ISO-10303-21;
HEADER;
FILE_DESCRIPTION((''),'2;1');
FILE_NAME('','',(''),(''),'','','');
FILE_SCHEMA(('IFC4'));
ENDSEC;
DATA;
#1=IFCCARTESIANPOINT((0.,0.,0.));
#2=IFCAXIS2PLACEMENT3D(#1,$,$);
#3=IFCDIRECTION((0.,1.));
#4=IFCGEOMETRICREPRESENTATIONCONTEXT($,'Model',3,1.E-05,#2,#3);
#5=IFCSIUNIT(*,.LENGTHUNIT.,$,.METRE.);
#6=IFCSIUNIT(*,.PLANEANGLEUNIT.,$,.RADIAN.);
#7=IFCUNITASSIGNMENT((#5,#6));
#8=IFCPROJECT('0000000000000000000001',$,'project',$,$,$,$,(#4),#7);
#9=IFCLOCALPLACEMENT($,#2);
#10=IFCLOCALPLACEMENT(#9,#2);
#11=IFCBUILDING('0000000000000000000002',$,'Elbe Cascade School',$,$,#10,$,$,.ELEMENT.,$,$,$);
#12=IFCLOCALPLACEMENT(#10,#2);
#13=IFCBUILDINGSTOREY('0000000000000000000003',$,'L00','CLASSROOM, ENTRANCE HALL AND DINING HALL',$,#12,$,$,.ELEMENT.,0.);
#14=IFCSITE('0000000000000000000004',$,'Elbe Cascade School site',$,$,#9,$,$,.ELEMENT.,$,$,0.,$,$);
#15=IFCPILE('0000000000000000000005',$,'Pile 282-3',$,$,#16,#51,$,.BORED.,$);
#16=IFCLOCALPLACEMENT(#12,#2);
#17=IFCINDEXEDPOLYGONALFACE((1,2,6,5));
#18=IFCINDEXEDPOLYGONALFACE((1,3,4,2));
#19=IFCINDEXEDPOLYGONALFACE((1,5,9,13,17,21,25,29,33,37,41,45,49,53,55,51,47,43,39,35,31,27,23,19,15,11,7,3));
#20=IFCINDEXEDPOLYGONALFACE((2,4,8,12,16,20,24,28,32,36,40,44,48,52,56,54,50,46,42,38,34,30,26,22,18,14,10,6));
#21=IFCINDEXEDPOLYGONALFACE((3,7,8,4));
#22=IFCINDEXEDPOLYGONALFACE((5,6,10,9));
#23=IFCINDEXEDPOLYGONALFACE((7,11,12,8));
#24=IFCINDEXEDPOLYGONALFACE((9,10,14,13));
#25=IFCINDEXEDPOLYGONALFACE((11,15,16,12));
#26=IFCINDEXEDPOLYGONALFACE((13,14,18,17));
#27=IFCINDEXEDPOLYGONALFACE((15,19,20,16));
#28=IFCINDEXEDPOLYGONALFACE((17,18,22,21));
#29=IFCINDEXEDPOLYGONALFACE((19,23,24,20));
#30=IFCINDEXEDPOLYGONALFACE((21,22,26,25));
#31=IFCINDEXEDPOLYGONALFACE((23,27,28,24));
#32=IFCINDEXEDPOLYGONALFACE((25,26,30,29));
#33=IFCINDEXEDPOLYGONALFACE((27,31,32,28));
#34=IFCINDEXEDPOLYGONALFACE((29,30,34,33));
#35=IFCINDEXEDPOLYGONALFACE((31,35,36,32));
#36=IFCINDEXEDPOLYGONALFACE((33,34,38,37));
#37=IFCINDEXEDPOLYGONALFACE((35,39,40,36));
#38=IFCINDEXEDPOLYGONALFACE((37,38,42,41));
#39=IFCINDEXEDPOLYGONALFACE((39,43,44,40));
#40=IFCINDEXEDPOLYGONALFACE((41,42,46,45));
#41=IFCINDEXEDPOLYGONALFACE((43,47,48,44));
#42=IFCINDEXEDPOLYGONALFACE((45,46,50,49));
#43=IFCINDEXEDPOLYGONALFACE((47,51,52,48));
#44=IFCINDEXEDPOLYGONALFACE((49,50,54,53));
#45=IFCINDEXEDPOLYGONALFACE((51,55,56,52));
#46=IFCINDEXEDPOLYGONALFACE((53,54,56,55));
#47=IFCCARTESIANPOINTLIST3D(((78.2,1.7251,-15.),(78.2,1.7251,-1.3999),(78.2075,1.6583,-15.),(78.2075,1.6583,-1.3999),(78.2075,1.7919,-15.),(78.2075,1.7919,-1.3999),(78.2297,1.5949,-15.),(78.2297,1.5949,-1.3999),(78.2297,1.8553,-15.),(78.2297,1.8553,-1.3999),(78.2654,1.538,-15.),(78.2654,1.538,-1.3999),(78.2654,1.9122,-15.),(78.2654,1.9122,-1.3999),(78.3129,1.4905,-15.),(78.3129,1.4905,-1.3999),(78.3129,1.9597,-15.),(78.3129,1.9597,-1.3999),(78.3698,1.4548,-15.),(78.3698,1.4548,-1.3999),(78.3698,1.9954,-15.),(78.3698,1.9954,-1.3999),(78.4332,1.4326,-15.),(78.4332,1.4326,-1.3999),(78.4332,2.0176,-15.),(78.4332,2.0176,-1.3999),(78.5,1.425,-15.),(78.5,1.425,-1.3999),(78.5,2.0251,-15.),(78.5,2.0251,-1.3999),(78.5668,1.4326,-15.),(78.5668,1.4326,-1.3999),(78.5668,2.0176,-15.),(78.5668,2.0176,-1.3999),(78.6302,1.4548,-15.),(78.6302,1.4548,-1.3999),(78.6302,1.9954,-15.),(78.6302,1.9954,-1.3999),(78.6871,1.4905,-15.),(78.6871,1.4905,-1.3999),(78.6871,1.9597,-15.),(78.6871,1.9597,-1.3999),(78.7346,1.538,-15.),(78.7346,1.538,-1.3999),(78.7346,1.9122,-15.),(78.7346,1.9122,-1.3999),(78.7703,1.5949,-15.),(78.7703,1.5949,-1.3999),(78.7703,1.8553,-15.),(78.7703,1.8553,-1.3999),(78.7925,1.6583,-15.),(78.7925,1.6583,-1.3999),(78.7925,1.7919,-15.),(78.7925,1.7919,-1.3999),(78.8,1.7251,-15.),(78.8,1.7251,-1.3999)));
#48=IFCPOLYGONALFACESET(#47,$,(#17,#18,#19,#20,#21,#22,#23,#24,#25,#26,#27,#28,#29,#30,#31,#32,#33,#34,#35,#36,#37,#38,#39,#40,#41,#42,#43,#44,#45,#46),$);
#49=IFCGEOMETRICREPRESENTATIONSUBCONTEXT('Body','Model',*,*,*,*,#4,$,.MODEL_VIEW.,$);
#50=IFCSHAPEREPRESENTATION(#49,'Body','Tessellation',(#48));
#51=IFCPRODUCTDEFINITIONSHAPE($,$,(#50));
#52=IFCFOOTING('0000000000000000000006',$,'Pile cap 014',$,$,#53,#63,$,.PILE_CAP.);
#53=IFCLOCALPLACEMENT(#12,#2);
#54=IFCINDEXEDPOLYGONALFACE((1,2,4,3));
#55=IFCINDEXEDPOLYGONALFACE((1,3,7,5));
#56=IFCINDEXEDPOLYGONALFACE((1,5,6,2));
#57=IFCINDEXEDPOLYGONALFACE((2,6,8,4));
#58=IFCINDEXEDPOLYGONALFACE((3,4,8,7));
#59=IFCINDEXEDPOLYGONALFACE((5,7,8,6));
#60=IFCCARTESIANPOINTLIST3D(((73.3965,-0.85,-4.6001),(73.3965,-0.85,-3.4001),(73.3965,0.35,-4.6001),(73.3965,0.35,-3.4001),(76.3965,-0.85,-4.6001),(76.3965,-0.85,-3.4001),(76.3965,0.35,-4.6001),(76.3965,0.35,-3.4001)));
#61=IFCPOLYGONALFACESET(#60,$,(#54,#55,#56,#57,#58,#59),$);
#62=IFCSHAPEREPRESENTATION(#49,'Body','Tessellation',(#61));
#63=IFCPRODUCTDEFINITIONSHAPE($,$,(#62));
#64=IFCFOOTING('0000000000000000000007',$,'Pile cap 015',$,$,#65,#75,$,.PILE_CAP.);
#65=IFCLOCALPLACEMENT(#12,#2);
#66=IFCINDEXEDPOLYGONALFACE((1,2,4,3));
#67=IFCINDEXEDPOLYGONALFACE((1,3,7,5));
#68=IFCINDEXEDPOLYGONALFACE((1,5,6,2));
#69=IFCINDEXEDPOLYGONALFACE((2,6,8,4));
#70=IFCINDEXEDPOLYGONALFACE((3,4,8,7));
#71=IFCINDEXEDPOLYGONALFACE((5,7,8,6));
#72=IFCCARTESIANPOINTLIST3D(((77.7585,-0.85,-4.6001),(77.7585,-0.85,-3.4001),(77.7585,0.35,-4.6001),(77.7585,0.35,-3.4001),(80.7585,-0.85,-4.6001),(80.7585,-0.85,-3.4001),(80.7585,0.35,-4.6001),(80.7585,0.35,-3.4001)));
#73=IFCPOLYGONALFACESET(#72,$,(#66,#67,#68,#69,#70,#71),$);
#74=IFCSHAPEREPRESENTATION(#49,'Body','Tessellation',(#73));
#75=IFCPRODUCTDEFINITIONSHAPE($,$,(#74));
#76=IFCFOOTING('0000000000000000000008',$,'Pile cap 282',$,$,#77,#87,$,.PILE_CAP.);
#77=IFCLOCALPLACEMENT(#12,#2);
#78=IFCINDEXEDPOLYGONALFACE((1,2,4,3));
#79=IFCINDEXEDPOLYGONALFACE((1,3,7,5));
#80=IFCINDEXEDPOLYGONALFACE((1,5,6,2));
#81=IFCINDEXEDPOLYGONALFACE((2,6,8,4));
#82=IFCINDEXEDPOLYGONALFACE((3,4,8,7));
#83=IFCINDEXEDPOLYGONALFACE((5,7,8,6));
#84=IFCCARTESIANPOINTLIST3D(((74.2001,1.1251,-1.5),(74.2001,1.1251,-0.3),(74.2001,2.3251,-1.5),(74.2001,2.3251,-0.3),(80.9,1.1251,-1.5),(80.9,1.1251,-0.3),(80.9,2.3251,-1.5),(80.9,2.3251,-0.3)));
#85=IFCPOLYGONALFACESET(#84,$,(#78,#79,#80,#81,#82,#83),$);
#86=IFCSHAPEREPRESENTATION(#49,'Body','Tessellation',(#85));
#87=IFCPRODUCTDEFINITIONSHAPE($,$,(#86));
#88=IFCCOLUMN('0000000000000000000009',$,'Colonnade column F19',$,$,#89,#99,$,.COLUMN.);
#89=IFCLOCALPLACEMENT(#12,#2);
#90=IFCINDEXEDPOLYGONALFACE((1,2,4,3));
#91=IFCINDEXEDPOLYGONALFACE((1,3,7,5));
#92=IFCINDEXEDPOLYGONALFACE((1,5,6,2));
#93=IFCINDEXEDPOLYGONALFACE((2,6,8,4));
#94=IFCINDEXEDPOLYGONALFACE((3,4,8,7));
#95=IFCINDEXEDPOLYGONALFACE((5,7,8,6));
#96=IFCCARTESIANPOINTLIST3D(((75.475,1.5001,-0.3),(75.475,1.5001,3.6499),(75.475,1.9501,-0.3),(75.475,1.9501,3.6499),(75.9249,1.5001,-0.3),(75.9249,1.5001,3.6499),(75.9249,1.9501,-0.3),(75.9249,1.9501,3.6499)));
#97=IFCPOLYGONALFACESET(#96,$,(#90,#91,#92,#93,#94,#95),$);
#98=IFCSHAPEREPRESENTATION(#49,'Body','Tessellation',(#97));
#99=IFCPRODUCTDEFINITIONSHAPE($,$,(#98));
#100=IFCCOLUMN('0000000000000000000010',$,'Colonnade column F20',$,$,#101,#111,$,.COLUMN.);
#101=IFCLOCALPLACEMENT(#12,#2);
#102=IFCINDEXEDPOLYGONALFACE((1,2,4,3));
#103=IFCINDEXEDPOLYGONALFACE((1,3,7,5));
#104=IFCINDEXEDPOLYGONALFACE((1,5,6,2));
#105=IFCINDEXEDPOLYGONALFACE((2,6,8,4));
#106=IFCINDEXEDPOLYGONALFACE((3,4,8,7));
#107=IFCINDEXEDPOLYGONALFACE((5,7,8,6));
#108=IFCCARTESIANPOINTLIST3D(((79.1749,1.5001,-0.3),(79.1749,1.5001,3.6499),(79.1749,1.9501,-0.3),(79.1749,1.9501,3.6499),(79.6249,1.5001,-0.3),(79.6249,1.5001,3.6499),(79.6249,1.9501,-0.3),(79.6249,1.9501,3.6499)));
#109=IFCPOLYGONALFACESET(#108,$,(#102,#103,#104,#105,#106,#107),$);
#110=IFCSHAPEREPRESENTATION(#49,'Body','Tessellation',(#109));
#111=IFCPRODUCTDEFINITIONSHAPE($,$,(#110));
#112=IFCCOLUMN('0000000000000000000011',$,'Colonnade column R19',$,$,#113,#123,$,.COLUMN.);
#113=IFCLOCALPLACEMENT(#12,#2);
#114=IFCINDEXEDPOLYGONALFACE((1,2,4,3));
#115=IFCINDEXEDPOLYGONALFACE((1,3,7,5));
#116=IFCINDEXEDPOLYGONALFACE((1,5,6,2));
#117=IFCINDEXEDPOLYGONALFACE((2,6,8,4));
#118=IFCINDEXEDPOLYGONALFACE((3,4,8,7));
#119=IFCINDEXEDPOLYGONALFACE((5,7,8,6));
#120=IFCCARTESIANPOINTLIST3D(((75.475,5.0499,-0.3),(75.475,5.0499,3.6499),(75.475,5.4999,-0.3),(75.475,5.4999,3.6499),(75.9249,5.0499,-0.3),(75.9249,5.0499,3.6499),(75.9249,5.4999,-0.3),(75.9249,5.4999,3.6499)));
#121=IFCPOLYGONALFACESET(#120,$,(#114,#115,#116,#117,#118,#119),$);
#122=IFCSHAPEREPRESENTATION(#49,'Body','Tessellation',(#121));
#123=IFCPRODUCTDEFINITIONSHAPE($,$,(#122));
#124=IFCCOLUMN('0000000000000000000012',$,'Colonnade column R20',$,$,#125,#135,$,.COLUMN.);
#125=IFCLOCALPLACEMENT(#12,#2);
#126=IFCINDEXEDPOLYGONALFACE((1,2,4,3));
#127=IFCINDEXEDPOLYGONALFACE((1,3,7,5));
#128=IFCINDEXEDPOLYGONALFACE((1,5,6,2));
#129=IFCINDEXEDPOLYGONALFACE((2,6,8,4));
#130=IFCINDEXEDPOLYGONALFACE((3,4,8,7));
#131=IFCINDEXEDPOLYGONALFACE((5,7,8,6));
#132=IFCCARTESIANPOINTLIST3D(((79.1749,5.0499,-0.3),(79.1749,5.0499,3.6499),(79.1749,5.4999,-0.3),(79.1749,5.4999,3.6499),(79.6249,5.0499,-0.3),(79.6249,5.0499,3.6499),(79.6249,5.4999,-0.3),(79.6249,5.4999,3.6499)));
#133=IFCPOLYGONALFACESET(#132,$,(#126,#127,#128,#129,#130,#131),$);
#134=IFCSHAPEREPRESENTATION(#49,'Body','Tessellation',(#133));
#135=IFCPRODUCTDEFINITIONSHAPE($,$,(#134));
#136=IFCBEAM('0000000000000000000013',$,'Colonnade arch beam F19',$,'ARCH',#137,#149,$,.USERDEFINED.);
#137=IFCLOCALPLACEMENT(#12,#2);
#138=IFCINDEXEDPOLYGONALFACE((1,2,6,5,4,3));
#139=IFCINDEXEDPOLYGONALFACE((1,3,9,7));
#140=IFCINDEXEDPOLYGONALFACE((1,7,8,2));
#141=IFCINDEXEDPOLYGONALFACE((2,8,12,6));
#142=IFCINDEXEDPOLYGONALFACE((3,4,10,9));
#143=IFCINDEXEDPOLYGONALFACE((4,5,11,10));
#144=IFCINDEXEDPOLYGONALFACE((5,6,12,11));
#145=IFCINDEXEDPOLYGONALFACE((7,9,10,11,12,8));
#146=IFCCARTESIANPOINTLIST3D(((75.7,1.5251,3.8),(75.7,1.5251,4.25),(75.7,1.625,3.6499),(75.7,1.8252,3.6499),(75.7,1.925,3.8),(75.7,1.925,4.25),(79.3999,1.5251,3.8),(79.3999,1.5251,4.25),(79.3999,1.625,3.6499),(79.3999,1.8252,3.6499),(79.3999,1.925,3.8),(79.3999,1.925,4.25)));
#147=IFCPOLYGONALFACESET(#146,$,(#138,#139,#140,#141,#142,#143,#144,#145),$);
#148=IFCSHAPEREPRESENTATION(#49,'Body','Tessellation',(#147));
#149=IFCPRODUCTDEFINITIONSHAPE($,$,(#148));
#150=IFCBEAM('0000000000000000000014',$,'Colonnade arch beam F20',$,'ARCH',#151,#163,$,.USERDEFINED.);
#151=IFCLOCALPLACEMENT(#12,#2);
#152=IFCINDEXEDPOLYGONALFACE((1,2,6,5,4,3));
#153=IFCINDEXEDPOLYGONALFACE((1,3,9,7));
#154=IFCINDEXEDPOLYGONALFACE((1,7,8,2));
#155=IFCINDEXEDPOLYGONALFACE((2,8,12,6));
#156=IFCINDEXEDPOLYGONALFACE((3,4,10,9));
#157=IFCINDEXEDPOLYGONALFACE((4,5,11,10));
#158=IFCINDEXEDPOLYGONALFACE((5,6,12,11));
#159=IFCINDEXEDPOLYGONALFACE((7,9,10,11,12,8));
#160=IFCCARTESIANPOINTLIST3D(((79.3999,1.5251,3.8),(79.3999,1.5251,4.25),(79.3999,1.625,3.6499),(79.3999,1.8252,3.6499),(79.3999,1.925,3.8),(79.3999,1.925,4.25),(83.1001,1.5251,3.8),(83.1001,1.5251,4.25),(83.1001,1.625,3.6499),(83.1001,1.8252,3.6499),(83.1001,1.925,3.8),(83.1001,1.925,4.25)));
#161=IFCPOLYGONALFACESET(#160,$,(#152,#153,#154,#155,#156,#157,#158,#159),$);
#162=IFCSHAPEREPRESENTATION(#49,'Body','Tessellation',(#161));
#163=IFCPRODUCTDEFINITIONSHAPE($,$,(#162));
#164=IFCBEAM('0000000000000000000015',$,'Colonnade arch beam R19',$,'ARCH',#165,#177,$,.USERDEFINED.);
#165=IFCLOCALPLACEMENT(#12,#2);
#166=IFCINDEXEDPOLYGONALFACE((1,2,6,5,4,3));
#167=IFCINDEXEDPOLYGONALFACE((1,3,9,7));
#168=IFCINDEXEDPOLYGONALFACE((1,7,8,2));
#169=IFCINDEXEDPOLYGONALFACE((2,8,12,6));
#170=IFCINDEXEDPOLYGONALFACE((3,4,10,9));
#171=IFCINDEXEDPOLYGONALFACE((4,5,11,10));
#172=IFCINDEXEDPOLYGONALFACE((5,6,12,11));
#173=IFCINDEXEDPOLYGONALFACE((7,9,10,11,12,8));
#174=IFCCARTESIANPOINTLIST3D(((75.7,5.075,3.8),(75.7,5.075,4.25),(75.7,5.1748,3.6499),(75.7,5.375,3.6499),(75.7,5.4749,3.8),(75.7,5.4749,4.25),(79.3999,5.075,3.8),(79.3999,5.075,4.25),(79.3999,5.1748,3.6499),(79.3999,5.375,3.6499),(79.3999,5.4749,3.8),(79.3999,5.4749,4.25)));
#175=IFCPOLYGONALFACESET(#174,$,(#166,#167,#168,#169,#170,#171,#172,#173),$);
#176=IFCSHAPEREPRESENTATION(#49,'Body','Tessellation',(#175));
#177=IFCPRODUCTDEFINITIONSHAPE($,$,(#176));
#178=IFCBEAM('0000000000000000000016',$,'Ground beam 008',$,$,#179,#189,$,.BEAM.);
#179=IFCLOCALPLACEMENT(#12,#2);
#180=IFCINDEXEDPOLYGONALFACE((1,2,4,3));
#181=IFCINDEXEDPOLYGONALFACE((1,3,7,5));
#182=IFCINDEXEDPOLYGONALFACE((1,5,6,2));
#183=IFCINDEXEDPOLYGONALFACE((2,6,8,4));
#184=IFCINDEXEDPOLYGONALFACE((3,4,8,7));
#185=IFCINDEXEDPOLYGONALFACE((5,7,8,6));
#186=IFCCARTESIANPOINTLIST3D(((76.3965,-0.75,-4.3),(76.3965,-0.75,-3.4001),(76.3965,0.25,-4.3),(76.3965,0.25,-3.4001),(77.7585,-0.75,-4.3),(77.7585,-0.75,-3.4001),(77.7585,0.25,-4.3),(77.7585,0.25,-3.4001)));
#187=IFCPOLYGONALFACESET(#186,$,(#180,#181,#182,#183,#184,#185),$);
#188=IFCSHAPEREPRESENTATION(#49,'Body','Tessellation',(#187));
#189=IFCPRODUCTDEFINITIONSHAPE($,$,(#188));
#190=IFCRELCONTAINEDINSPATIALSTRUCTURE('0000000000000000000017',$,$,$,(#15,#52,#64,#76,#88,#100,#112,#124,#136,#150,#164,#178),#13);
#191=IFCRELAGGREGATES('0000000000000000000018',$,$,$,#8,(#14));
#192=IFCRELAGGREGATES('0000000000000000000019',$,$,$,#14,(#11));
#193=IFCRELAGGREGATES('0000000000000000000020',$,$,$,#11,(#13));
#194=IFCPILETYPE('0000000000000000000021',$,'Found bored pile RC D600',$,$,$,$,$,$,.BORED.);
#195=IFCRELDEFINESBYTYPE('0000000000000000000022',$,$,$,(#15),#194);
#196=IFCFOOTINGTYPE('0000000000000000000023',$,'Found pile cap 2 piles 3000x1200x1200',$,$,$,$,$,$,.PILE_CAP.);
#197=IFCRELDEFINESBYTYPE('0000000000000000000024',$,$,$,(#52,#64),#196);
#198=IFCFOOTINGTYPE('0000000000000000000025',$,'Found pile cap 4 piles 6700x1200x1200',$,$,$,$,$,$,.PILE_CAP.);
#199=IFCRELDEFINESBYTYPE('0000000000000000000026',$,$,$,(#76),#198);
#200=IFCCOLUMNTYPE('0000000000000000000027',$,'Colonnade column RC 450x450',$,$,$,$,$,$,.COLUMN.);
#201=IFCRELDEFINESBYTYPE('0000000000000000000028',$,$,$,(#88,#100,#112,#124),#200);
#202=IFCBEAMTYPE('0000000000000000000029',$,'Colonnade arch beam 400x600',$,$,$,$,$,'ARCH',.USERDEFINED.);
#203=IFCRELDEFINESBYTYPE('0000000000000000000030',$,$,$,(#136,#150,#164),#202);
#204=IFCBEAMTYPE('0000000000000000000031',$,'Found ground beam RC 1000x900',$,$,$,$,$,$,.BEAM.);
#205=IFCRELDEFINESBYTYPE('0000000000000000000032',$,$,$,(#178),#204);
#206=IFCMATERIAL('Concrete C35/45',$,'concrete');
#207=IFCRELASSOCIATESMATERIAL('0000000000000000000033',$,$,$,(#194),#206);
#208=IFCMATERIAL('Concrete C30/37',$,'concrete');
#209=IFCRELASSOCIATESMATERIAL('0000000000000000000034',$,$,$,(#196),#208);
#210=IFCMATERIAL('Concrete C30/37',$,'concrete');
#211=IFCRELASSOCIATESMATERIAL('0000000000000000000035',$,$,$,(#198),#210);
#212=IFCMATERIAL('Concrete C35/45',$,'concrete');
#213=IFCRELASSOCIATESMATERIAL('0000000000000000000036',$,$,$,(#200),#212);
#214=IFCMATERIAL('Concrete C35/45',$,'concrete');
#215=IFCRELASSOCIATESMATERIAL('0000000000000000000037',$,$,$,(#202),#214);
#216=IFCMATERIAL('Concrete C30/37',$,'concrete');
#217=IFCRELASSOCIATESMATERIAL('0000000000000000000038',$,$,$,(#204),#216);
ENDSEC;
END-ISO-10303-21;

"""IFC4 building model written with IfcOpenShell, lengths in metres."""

from ifc_helpers import new_model, si_unit, direction, frame, origin, origin_2d, place, context, subcontext, project, spatial, polyline, rectangle, circle, outline, extrude, material, material_profile, profile_set, type_object, element, save


model = new_model("IFC4")

# Units and contexts
model_context = context("Model", 3, precision=1e-05, world=origin(), true_north=direction((0.0, 1.0)))
body_context = subcontext(model_context, "Body", "Model", "MODEL_VIEW")
ifc_project = project(units=[si_unit("LENGTHUNIT", "METRE"), si_unit("PLANEANGLEUNIT", "RADIAN")], contexts=[model_context])

# Site, building, storey
site_placement = place(None, origin())
site = spatial("IfcSite", under=ifc_project, at=site_placement, Name="Elbe Cascade School site", CompositionType="ELEMENT", RefElevation=0.0)
building_placement = place(site_placement, origin())
building = spatial("IfcBuilding", under=site, at=building_placement, Name="Elbe Cascade School", CompositionType="ELEMENT")
storey_placement = place(building_placement, origin())
storey = spatial("IfcBuildingStorey", under=building, at=storey_placement, Name="L00", Description="CLASSROOM, ENTRANCE HALL AND DINING HALL", CompositionType="ELEMENT", Elevation=0.0)

# Pile
ifc_material_1 = material(Name="Concrete C35/45", Category="concrete")
ifc_material_profile_1 = material_profile(ifc_material_1, circle(Radius=0.3, at=origin_2d()), Name="RC D600")
ifc_profile_set_1 = profile_set([ifc_material_profile_1], Name="Concrete C35/45")
pile_type = type_object("IfcPileType", Name="Found bored pile RC D600", PredefinedType="BORED", material=ifc_profile_set_1)
for number, where, z_axis, x_axis, name in (
    (1, (78.5, 1.7251, -1.3999), (0.0, 0.0, -1.0), (1.0, 0.0, 0.0), "Pile 282-3"),
):
    element("IfcPile", number, at=place(storey_placement, frame(where, z_axis=z_axis, x_axis=x_axis)), inside=storey, type_object=pile_type, Name=name, PredefinedType="BORED", context=body_context, shape_type="SweptSolid", body=[
        extrude(circle(Radius=0.3, at=origin_2d()), origin(), (0.0, 0.0, 1.0), 13.6001),
    ])

# Footings
ifc_material_2 = material(Name="Concrete C30/37", Category="concrete")
footing_type_1 = type_object("IfcFootingType", Name="Found pile cap 2 piles 3000x1200x1200", PredefinedType="PILE_CAP", material=ifc_material_2)
for number, where, z_axis, x_axis, name in (
    (2, (74.8965, -0.25, -4.6001), (0.0, 0.0, 1.0), (1.0, 0.0, 0.0), "Pile cap 014"),
    (3, (79.2585, -0.25, -4.6001), (0.0, 0.0, 1.0), (1.0, 0.0, 0.0), "Pile cap 015"),
):
    element("IfcFooting", number, at=place(storey_placement, frame(where, z_axis=z_axis, x_axis=x_axis)), inside=storey, type_object=footing_type_1, Name=name, PredefinedType="PILE_CAP", context=body_context, shape_type="SweptSolid", body=[
        extrude(rectangle(XDim=3.0, YDim=1.2, at=origin_2d()), origin(), (0.0, 0.0, 1.0), 1.2),
    ])
ifc_material_3 = material(Name="Concrete C30/37", Category="concrete")
footing_type_2 = type_object("IfcFootingType", Name="Found pile cap 4 piles 6700x1200x1200", PredefinedType="PILE_CAP", material=ifc_material_3)
footing_placement = place(storey_placement, frame((77.55, 1.7251, -1.5), z_axis=(0.0, 0.0, 1.0), x_axis=(1.0, 0.0, 0.0)))
element("IfcFooting", 4, at=footing_placement, inside=storey, type_object=footing_type_2, Name="Pile cap 282", PredefinedType="PILE_CAP", context=body_context, shape_type="SweptSolid", body=[
    extrude(rectangle(XDim=6.7, YDim=1.2, at=origin_2d()), origin(), (0.0, 0.0, 1.0), 1.2),
])

# Columns
ifc_material_4 = material(Name="Concrete C35/45", Category="concrete")
ifc_material_profile_2 = material_profile(ifc_material_4, rectangle(XDim=0.45, YDim=0.45, at=origin_2d()), Name="RC 450x450")
ifc_profile_set_2 = profile_set([ifc_material_profile_2], Name="Concrete C35/45")
column_type = type_object("IfcColumnType", Name="Colonnade column RC 450x450", PredefinedType="COLUMN", material=ifc_profile_set_2)
for number, where, z_axis, x_axis, name in (
    (5, (75.7, 1.7251, -0.3), (0.0, 0.0, 1.0), (1.0, 0.0, 0.0), "Colonnade column F19"),
    (6, (79.3999, 1.7251, -0.3), (0.0, 0.0, 1.0), (1.0, 0.0, 0.0), "Colonnade column F20"),
    (7, (75.7, 5.2749, -0.3), (0.0, 0.0, 1.0), (1.0, 0.0, 0.0), "Colonnade column R19"),
    (8, (79.3999, 5.2749, -0.3), (0.0, 0.0, 1.0), (1.0, 0.0, 0.0), "Colonnade column R20"),
):
    element("IfcColumn", number, at=place(storey_placement, frame(where, z_axis=z_axis, x_axis=x_axis)), inside=storey, type_object=column_type, Name=name, PredefinedType="COLUMN", context=body_context, shape_type="SweptSolid", body=[
        extrude(rectangle(XDim=0.45, YDim=0.45, at=origin_2d()), origin(), (0.0, 0.0, 1.0), 3.95),
    ])

# Beams
ifc_material_5 = material(Name="Concrete C35/45", Category="concrete")
ifc_material_profile_3 = material_profile(ifc_material_5, outline(polyline([(-0.2, 0.3), (0.2, 0.3), (0.2, -0.1499), (0.1001, -0.3), (-0.1001, -0.3), (-0.2, -0.1499), (-0.2, 0.3)])), Name="RC arch 400x600")
ifc_profile_set_3 = profile_set([ifc_material_profile_3], Name="Concrete C35/45")
beam_type_1 = type_object("IfcBeamType", Name="Colonnade arch beam 400x600", ElementType="ARCH", PredefinedType="USERDEFINED", material=ifc_profile_set_3)
beam_1_placement = place(storey_placement, frame((75.7, 1.7251, 3.95), z_axis=(1.0, 0.0, 0.0), x_axis=(0.0, 1.0, 0.0)))
element("IfcBeam", 9, at=beam_1_placement, inside=storey, type_object=beam_type_1, Name="Colonnade arch beam F19", ObjectType="ARCH", PredefinedType="USERDEFINED", context=body_context, shape_type="SweptSolid", body=[
    extrude(outline(polyline([(-0.2, 0.3), (0.2, 0.3), (0.2, -0.1499), (0.1001, -0.3), (-0.1001, -0.3), (-0.2, -0.1499), (-0.2, 0.3)])), origin(), (0.0, 0.0, 1.0), 3.7),
])
beam_2_placement = place(storey_placement, frame((79.3999, 1.7251, 3.95), z_axis=(1.0, 0.0, 0.0), x_axis=(0.0, 1.0, 0.0)))
element("IfcBeam", 10, at=beam_2_placement, inside=storey, type_object=beam_type_1, Name="Colonnade arch beam F20", ObjectType="ARCH", PredefinedType="USERDEFINED", context=body_context, shape_type="SweptSolid", body=[
    extrude(outline(polyline([(-0.2, 0.3), (0.2, 0.3), (0.2, -0.1499), (0.1001, -0.3), (-0.1001, -0.3), (-0.2, -0.1499), (-0.2, 0.3)])), origin(), (0.0, 0.0, 1.0), 3.7002),
])
beam_3_placement = place(storey_placement, frame((75.7, 5.2749, 3.95), z_axis=(1.0, 0.0, 0.0), x_axis=(0.0, 1.0, 0.0)))
element("IfcBeam", 11, at=beam_3_placement, inside=storey, type_object=beam_type_1, Name="Colonnade arch beam R19", ObjectType="ARCH", PredefinedType="USERDEFINED", context=body_context, shape_type="SweptSolid", body=[
    extrude(outline(polyline([(-0.2, 0.3), (0.2, 0.3), (0.2, -0.1499), (0.1001, -0.3), (-0.1001, -0.3), (-0.2, -0.1499), (-0.2, 0.3)])), origin(), (0.0, 0.0, 1.0), 3.7),
])
ifc_material_6 = material(Name="Concrete C30/37", Category="concrete")
ifc_material_profile_4 = material_profile(ifc_material_6, rectangle(XDim=1.0, YDim=0.8999, at=origin_2d()), Name="RC 1000x900")
ifc_profile_set_4 = profile_set([ifc_material_profile_4], Name="Concrete C30/37")
beam_type_2 = type_object("IfcBeamType", Name="Found ground beam RC 1000x900", PredefinedType="BEAM", material=ifc_profile_set_4)
beam_4_placement = place(storey_placement, frame((76.3965, -0.25, -3.8501), z_axis=(1.0, 0.0, 0.0), x_axis=(0.0, 1.0, 0.0)))
element("IfcBeam", 12, at=beam_4_placement, inside=storey, type_object=beam_type_2, Name="Ground beam 008", PredefinedType="BEAM", context=body_context, shape_type="SweptSolid", body=[
    extrude(rectangle(XDim=1.0, YDim=0.8999, at=origin_2d()), origin(), (0.0, 0.0, 1.0), 1.3621),
])

save(model, "model.ifc")
